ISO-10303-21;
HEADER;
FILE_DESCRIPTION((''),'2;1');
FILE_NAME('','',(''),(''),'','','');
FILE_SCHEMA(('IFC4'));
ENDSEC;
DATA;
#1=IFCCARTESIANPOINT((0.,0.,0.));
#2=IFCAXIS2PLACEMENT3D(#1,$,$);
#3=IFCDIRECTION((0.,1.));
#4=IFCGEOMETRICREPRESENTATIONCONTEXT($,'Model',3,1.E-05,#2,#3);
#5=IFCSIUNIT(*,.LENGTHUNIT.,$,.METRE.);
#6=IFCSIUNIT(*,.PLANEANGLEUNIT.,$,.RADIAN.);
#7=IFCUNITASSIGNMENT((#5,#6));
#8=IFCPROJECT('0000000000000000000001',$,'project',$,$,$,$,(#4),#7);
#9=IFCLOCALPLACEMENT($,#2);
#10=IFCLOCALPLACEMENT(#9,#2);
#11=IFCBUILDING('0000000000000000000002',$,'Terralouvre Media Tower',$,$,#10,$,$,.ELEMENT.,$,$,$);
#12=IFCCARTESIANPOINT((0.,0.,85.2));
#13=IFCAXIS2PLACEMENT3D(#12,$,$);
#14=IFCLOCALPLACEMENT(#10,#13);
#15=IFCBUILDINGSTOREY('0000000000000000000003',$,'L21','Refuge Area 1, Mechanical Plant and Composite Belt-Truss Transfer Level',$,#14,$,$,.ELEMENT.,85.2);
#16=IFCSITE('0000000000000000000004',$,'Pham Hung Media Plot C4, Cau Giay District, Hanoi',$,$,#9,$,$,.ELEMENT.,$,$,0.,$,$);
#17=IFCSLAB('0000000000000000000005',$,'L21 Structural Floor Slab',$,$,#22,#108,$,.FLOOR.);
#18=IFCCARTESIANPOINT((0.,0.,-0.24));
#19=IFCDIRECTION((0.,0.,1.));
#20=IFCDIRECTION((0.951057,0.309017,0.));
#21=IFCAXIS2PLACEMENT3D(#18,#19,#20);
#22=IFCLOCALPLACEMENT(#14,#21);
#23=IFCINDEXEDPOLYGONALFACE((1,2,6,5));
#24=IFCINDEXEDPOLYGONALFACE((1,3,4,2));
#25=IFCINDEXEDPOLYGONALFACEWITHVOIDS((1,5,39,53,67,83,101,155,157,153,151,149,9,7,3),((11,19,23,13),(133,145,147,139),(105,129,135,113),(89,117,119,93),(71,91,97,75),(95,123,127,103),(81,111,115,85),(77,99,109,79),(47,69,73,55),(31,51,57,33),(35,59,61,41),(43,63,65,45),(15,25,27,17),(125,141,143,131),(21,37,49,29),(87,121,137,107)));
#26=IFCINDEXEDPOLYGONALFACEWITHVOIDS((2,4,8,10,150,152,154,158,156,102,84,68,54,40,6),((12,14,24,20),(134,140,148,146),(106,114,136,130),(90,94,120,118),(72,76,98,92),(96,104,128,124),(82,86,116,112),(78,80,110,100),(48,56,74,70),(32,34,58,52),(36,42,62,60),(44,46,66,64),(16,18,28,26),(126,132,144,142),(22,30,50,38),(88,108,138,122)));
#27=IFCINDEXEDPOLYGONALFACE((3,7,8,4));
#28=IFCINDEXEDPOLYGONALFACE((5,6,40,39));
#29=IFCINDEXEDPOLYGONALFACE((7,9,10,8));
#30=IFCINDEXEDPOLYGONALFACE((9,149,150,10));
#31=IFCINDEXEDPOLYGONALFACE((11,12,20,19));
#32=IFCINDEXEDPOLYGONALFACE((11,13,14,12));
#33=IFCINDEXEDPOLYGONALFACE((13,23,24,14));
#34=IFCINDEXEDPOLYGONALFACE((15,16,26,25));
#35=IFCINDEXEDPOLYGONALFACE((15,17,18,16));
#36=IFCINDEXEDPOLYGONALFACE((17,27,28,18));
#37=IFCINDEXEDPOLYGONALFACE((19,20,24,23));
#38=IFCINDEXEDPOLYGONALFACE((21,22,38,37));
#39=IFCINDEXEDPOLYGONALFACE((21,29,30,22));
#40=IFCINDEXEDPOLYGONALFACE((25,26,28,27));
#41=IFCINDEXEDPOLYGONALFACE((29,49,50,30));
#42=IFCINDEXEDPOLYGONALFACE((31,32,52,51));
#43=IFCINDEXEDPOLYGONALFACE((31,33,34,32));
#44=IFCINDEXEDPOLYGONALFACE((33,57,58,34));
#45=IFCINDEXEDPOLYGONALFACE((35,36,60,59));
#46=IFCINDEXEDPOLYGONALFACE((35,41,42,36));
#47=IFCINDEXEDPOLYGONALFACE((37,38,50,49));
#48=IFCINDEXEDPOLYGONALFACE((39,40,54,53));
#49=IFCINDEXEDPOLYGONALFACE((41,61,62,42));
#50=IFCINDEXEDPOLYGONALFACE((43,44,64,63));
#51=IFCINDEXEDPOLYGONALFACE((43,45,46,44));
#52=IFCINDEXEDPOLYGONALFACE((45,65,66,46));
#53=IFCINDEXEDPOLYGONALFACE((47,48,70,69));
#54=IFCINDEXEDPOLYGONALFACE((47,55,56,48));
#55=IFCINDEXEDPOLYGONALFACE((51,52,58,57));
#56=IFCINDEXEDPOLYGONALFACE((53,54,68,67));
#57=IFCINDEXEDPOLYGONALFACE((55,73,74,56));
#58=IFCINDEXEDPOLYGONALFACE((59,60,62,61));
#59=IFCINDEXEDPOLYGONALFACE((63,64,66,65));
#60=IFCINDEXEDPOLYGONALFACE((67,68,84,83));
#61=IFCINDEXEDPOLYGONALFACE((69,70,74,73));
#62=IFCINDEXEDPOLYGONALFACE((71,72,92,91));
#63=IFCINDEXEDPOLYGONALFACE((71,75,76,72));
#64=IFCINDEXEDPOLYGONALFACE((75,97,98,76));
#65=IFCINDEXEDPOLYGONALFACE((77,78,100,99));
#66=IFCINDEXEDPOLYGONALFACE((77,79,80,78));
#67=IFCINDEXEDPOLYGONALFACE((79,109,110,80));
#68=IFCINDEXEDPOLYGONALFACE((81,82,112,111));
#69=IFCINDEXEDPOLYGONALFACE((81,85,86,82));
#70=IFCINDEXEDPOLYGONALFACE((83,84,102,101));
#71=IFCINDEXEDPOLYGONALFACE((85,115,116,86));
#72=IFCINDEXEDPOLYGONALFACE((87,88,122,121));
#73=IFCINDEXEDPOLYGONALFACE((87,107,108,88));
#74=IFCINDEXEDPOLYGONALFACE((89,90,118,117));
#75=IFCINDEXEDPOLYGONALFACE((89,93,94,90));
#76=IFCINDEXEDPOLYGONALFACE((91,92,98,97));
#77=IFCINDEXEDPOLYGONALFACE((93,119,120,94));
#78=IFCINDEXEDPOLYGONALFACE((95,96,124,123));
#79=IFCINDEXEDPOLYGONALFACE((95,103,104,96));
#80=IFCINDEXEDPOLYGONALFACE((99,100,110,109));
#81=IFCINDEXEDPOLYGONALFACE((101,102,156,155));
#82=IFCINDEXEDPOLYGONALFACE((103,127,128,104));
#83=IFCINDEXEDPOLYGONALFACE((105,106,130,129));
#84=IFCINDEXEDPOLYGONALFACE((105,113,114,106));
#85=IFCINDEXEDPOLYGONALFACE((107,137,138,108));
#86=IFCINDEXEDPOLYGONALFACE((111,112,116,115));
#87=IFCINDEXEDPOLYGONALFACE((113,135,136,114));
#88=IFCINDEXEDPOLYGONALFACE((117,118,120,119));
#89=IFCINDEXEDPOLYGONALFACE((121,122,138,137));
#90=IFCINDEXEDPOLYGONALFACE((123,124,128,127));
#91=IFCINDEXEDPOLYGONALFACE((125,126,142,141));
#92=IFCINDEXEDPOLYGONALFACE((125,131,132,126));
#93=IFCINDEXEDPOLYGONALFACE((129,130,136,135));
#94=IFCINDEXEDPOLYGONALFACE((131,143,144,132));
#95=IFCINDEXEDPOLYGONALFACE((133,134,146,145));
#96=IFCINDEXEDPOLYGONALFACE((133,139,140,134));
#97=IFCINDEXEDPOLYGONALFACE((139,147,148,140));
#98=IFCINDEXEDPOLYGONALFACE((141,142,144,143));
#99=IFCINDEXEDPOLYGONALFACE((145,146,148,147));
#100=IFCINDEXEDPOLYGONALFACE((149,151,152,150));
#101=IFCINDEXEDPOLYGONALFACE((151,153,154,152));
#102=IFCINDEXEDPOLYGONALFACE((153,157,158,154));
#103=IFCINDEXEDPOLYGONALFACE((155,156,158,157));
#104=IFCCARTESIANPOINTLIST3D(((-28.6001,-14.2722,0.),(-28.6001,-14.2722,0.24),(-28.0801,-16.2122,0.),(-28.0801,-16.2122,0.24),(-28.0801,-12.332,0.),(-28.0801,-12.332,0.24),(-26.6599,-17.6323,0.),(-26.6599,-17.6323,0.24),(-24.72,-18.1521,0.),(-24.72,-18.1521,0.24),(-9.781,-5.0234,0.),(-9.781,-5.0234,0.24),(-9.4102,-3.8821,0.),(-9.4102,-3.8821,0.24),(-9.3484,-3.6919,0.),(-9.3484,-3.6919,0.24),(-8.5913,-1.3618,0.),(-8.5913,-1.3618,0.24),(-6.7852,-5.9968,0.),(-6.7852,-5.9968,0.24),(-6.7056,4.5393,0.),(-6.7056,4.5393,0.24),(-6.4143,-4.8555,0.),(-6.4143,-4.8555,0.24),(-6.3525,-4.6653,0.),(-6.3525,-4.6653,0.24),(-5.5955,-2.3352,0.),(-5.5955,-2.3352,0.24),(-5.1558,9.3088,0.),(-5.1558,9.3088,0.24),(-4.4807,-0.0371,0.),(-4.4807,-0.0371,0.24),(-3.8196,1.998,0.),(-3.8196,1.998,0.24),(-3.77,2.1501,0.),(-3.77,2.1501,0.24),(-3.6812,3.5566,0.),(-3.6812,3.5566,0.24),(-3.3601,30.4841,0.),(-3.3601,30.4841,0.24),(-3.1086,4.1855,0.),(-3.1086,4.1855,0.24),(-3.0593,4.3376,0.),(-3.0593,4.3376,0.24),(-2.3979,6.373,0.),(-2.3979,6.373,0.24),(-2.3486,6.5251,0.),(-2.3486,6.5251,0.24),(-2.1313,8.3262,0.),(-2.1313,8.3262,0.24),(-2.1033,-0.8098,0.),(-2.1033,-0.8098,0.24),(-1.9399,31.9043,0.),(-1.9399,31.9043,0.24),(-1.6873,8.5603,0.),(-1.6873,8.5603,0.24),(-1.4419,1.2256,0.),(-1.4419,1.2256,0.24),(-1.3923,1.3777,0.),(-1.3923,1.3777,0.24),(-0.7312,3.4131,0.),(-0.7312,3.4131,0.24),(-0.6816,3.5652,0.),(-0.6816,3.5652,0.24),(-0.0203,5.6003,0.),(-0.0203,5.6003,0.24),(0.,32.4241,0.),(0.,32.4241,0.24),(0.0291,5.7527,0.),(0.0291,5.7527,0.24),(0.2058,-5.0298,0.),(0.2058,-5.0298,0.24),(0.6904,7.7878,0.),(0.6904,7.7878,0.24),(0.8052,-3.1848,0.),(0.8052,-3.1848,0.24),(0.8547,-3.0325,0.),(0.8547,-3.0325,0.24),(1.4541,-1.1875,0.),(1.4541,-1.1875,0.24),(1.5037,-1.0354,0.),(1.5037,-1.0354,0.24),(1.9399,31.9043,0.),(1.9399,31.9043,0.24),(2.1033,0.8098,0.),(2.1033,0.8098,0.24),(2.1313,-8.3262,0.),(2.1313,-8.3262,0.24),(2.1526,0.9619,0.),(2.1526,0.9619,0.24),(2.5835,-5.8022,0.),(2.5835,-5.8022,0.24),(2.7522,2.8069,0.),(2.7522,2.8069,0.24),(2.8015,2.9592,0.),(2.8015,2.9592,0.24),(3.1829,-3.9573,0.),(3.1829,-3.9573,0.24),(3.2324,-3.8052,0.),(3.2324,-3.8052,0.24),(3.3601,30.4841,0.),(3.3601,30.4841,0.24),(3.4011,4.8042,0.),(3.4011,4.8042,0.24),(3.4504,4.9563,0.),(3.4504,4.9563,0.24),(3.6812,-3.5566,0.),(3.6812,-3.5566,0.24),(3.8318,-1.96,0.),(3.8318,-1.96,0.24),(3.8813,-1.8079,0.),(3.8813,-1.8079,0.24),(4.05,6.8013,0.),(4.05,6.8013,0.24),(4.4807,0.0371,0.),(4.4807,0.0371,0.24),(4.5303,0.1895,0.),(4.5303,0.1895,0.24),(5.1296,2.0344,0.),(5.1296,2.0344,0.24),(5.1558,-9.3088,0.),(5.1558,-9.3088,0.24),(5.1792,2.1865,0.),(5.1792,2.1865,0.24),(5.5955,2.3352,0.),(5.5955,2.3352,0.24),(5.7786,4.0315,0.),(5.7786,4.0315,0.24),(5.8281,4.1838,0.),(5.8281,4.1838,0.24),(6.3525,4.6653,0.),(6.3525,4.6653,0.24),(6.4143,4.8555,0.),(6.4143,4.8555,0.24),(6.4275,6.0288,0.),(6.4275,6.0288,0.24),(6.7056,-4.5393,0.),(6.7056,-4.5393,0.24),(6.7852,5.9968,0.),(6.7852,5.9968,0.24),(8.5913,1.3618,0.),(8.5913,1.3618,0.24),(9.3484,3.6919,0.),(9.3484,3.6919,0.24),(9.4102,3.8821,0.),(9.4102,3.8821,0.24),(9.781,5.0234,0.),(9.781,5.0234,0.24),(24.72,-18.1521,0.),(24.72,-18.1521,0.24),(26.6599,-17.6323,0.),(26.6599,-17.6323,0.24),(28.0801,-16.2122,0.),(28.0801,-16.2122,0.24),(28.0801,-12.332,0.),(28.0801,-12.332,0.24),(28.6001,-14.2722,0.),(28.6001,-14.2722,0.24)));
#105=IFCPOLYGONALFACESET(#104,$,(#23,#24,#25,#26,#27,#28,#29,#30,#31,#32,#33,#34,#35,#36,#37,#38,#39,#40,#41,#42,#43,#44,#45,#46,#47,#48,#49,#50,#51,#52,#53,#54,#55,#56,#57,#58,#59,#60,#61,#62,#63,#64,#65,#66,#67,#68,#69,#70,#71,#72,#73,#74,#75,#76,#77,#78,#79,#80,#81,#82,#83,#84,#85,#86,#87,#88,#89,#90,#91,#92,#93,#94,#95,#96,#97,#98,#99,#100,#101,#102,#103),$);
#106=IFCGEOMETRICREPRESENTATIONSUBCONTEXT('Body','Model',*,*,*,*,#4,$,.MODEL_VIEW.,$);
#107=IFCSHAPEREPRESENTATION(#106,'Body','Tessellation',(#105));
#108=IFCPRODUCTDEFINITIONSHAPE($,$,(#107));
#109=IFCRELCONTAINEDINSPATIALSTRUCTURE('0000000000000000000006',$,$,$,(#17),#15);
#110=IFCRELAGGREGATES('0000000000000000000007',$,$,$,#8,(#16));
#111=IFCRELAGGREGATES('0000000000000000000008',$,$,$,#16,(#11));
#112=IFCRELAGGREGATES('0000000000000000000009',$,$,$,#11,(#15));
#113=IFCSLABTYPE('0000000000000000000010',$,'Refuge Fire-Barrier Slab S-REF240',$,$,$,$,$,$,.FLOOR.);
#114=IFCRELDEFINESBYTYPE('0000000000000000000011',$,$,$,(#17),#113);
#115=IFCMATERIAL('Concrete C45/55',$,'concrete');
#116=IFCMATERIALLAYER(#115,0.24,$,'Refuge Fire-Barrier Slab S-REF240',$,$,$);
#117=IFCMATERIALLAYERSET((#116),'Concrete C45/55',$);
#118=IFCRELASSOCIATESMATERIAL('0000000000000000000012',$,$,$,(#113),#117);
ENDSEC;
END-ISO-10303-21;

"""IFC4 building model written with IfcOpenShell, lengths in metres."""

from ifc_helpers import new_model, si_unit, direction, frame, origin, place, context, subcontext, project, spatial, polyline, outline, extrude, material, layer, layer_set, type_object, element, save


model = new_model("IFC4")

# Units and contexts
model_context = context("Model", 3, precision=1e-05, world=origin(), true_north=direction((0.0, 1.0)))
body_context = subcontext(model_context, "Body", "Model", "MODEL_VIEW")
ifc_project = project(units=[si_unit("LENGTHUNIT", "METRE"), si_unit("PLANEANGLEUNIT", "RADIAN")], contexts=[model_context])

# Site, building, storey
site_placement = place(None, origin())
site = spatial("IfcSite", under=ifc_project, at=site_placement, Name="Pham Hung Media Plot C4, Cau Giay District, Hanoi", CompositionType="ELEMENT", RefElevation=0.0)
building_placement = place(site_placement, origin())
building = spatial("IfcBuilding", under=site, at=building_placement, Name="Terralouvre Media Tower", CompositionType="ELEMENT")
storey_placement = place(building_placement, frame((0.0, 0.0, 85.2)))
storey = spatial("IfcBuildingStorey", under=building, at=storey_placement, Name="L21", Description="Refuge Area 1, Mechanical Plant and Composite Belt-Truss Transfer Level", CompositionType="ELEMENT", Elevation=85.2)

# Slab
ifc_material_1 = material(Name="Concrete C45/55", Category="concrete")
ifc_layer_1 = layer(ifc_material_1, 0.24, Name="Refuge Fire-Barrier Slab S-REF240")
ifc_layer_set_1 = layer_set([ifc_layer_1], Name="Concrete C45/55")
slab_type = type_object("IfcSlabType", Name="Refuge Fire-Barrier Slab S-REF240", PredefinedType="FLOOR", material=ifc_layer_set_1)
slab_placement = place(storey_placement, frame((0.0, 0.0, -0.24), z_axis=(0.0, 0.0, 1.0), x_axis=(0.951057, 0.309017, 0.0)))
element("IfcSlab", 1, at=slab_placement, inside=storey, type_object=slab_type, Name="L21 Structural Floor Slab", PredefinedType="FLOOR", context=body_context, shape_type="SweptSolid", body=[
    extrude(outline(polyline([(-28.0801, -12.332), (-28.6001, -14.2722), (-28.0801, -16.2122), (-26.6599, -17.6323), (-24.72, -18.1521), (24.72, -18.1521), (26.6599, -17.6323), (28.0801, -16.2122), (28.6001, -14.2722), (28.0801, -12.332), (3.3601, 30.4841), (1.9399, 31.9043), (0.0, 32.4241), (-1.9399, 31.9043), (-3.3601, 30.4841), (-28.0801, -12.332)]), holes=[polyline([(-6.7852, -5.9968), (-9.781, -5.0234), (-9.4102, -3.8821), (-6.4143, -4.8555), (-6.7852, -5.9968)]), polyline([(-6.3525, -4.6653), (-9.3484, -3.6919), (-8.5913, -1.3618), (-5.5955, -2.3352), (-6.3525, -4.6653)]), polyline([(-2.1033, -0.8098), (-4.4807, -0.0371), (-3.8196, 1.998), (-1.4419, 1.2256), (-2.1033, -0.8098)]), polyline([(-1.3923, 1.3777), (-3.77, 2.1501), (-3.1086, 4.1855), (-0.7312, 3.4131), (-1.3923, 1.3777)]), polyline([(4.5303, 0.1895), (2.1526, 0.9619), (2.7522, 2.8069), (5.1296, 2.0344), (4.5303, 0.1895)]), polyline([(-0.6816, 3.5652), (-3.0593, 4.3376), (-2.3979, 6.373), (-0.0203, 5.6003), (-0.6816, 3.5652)]), polyline([(-3.6812, 3.5566), (-6.7056, 4.5393), (-5.1558, 9.3088), (-2.1313, 8.3262), (-3.6812, 3.5566)]), polyline([(0.0291, 5.7527), (-2.3486, 6.5251), (-1.6873, 8.5603), (0.6904, 7.7878), (0.0291, 5.7527)]), polyline([(3.6812, -3.5566), (6.7056, -4.5393), (5.1558, -9.3088), (2.1313, -8.3262), (3.6812, -3.5566)]), polyline([(2.5835, -5.8022), (0.2058, -5.0298), (0.8052, -3.1848), (3.1829, -3.9573), (2.5835, -5.8022)]), polyline([(3.2324, -3.8052), (0.8547, -3.0325), (1.4541, -1.1875), (3.8318, -1.96), (3.2324, -3.8052)]), polyline([(3.8813, -1.8079), (1.5037, -1.0354), (2.1033, 0.8098), (4.4807, 0.0371), (3.8813, -1.8079)]), polyline([(5.1792, 2.1865), (2.8015, 2.9592), (3.4011, 4.8042), (5.7786, 4.0315), (5.1792, 2.1865)]), polyline([(8.5913, 1.3618), (5.5955, 2.3352), (6.3525, 4.6653), (9.3484, 3.6919), (8.5913, 1.3618)]), polyline([(5.8281, 4.1838), (3.4504, 4.9563), (4.05, 6.8013), (6.4275, 6.0288), (5.8281, 4.1838)]), polyline([(9.4102, 3.8821), (6.4143, 4.8555), (6.7852, 5.9968), (9.781, 5.0234), (9.4102, 3.8821)])]), origin(), (0.0, 0.0, 1.0), 0.24),
])

save(model, "model.ifc")
